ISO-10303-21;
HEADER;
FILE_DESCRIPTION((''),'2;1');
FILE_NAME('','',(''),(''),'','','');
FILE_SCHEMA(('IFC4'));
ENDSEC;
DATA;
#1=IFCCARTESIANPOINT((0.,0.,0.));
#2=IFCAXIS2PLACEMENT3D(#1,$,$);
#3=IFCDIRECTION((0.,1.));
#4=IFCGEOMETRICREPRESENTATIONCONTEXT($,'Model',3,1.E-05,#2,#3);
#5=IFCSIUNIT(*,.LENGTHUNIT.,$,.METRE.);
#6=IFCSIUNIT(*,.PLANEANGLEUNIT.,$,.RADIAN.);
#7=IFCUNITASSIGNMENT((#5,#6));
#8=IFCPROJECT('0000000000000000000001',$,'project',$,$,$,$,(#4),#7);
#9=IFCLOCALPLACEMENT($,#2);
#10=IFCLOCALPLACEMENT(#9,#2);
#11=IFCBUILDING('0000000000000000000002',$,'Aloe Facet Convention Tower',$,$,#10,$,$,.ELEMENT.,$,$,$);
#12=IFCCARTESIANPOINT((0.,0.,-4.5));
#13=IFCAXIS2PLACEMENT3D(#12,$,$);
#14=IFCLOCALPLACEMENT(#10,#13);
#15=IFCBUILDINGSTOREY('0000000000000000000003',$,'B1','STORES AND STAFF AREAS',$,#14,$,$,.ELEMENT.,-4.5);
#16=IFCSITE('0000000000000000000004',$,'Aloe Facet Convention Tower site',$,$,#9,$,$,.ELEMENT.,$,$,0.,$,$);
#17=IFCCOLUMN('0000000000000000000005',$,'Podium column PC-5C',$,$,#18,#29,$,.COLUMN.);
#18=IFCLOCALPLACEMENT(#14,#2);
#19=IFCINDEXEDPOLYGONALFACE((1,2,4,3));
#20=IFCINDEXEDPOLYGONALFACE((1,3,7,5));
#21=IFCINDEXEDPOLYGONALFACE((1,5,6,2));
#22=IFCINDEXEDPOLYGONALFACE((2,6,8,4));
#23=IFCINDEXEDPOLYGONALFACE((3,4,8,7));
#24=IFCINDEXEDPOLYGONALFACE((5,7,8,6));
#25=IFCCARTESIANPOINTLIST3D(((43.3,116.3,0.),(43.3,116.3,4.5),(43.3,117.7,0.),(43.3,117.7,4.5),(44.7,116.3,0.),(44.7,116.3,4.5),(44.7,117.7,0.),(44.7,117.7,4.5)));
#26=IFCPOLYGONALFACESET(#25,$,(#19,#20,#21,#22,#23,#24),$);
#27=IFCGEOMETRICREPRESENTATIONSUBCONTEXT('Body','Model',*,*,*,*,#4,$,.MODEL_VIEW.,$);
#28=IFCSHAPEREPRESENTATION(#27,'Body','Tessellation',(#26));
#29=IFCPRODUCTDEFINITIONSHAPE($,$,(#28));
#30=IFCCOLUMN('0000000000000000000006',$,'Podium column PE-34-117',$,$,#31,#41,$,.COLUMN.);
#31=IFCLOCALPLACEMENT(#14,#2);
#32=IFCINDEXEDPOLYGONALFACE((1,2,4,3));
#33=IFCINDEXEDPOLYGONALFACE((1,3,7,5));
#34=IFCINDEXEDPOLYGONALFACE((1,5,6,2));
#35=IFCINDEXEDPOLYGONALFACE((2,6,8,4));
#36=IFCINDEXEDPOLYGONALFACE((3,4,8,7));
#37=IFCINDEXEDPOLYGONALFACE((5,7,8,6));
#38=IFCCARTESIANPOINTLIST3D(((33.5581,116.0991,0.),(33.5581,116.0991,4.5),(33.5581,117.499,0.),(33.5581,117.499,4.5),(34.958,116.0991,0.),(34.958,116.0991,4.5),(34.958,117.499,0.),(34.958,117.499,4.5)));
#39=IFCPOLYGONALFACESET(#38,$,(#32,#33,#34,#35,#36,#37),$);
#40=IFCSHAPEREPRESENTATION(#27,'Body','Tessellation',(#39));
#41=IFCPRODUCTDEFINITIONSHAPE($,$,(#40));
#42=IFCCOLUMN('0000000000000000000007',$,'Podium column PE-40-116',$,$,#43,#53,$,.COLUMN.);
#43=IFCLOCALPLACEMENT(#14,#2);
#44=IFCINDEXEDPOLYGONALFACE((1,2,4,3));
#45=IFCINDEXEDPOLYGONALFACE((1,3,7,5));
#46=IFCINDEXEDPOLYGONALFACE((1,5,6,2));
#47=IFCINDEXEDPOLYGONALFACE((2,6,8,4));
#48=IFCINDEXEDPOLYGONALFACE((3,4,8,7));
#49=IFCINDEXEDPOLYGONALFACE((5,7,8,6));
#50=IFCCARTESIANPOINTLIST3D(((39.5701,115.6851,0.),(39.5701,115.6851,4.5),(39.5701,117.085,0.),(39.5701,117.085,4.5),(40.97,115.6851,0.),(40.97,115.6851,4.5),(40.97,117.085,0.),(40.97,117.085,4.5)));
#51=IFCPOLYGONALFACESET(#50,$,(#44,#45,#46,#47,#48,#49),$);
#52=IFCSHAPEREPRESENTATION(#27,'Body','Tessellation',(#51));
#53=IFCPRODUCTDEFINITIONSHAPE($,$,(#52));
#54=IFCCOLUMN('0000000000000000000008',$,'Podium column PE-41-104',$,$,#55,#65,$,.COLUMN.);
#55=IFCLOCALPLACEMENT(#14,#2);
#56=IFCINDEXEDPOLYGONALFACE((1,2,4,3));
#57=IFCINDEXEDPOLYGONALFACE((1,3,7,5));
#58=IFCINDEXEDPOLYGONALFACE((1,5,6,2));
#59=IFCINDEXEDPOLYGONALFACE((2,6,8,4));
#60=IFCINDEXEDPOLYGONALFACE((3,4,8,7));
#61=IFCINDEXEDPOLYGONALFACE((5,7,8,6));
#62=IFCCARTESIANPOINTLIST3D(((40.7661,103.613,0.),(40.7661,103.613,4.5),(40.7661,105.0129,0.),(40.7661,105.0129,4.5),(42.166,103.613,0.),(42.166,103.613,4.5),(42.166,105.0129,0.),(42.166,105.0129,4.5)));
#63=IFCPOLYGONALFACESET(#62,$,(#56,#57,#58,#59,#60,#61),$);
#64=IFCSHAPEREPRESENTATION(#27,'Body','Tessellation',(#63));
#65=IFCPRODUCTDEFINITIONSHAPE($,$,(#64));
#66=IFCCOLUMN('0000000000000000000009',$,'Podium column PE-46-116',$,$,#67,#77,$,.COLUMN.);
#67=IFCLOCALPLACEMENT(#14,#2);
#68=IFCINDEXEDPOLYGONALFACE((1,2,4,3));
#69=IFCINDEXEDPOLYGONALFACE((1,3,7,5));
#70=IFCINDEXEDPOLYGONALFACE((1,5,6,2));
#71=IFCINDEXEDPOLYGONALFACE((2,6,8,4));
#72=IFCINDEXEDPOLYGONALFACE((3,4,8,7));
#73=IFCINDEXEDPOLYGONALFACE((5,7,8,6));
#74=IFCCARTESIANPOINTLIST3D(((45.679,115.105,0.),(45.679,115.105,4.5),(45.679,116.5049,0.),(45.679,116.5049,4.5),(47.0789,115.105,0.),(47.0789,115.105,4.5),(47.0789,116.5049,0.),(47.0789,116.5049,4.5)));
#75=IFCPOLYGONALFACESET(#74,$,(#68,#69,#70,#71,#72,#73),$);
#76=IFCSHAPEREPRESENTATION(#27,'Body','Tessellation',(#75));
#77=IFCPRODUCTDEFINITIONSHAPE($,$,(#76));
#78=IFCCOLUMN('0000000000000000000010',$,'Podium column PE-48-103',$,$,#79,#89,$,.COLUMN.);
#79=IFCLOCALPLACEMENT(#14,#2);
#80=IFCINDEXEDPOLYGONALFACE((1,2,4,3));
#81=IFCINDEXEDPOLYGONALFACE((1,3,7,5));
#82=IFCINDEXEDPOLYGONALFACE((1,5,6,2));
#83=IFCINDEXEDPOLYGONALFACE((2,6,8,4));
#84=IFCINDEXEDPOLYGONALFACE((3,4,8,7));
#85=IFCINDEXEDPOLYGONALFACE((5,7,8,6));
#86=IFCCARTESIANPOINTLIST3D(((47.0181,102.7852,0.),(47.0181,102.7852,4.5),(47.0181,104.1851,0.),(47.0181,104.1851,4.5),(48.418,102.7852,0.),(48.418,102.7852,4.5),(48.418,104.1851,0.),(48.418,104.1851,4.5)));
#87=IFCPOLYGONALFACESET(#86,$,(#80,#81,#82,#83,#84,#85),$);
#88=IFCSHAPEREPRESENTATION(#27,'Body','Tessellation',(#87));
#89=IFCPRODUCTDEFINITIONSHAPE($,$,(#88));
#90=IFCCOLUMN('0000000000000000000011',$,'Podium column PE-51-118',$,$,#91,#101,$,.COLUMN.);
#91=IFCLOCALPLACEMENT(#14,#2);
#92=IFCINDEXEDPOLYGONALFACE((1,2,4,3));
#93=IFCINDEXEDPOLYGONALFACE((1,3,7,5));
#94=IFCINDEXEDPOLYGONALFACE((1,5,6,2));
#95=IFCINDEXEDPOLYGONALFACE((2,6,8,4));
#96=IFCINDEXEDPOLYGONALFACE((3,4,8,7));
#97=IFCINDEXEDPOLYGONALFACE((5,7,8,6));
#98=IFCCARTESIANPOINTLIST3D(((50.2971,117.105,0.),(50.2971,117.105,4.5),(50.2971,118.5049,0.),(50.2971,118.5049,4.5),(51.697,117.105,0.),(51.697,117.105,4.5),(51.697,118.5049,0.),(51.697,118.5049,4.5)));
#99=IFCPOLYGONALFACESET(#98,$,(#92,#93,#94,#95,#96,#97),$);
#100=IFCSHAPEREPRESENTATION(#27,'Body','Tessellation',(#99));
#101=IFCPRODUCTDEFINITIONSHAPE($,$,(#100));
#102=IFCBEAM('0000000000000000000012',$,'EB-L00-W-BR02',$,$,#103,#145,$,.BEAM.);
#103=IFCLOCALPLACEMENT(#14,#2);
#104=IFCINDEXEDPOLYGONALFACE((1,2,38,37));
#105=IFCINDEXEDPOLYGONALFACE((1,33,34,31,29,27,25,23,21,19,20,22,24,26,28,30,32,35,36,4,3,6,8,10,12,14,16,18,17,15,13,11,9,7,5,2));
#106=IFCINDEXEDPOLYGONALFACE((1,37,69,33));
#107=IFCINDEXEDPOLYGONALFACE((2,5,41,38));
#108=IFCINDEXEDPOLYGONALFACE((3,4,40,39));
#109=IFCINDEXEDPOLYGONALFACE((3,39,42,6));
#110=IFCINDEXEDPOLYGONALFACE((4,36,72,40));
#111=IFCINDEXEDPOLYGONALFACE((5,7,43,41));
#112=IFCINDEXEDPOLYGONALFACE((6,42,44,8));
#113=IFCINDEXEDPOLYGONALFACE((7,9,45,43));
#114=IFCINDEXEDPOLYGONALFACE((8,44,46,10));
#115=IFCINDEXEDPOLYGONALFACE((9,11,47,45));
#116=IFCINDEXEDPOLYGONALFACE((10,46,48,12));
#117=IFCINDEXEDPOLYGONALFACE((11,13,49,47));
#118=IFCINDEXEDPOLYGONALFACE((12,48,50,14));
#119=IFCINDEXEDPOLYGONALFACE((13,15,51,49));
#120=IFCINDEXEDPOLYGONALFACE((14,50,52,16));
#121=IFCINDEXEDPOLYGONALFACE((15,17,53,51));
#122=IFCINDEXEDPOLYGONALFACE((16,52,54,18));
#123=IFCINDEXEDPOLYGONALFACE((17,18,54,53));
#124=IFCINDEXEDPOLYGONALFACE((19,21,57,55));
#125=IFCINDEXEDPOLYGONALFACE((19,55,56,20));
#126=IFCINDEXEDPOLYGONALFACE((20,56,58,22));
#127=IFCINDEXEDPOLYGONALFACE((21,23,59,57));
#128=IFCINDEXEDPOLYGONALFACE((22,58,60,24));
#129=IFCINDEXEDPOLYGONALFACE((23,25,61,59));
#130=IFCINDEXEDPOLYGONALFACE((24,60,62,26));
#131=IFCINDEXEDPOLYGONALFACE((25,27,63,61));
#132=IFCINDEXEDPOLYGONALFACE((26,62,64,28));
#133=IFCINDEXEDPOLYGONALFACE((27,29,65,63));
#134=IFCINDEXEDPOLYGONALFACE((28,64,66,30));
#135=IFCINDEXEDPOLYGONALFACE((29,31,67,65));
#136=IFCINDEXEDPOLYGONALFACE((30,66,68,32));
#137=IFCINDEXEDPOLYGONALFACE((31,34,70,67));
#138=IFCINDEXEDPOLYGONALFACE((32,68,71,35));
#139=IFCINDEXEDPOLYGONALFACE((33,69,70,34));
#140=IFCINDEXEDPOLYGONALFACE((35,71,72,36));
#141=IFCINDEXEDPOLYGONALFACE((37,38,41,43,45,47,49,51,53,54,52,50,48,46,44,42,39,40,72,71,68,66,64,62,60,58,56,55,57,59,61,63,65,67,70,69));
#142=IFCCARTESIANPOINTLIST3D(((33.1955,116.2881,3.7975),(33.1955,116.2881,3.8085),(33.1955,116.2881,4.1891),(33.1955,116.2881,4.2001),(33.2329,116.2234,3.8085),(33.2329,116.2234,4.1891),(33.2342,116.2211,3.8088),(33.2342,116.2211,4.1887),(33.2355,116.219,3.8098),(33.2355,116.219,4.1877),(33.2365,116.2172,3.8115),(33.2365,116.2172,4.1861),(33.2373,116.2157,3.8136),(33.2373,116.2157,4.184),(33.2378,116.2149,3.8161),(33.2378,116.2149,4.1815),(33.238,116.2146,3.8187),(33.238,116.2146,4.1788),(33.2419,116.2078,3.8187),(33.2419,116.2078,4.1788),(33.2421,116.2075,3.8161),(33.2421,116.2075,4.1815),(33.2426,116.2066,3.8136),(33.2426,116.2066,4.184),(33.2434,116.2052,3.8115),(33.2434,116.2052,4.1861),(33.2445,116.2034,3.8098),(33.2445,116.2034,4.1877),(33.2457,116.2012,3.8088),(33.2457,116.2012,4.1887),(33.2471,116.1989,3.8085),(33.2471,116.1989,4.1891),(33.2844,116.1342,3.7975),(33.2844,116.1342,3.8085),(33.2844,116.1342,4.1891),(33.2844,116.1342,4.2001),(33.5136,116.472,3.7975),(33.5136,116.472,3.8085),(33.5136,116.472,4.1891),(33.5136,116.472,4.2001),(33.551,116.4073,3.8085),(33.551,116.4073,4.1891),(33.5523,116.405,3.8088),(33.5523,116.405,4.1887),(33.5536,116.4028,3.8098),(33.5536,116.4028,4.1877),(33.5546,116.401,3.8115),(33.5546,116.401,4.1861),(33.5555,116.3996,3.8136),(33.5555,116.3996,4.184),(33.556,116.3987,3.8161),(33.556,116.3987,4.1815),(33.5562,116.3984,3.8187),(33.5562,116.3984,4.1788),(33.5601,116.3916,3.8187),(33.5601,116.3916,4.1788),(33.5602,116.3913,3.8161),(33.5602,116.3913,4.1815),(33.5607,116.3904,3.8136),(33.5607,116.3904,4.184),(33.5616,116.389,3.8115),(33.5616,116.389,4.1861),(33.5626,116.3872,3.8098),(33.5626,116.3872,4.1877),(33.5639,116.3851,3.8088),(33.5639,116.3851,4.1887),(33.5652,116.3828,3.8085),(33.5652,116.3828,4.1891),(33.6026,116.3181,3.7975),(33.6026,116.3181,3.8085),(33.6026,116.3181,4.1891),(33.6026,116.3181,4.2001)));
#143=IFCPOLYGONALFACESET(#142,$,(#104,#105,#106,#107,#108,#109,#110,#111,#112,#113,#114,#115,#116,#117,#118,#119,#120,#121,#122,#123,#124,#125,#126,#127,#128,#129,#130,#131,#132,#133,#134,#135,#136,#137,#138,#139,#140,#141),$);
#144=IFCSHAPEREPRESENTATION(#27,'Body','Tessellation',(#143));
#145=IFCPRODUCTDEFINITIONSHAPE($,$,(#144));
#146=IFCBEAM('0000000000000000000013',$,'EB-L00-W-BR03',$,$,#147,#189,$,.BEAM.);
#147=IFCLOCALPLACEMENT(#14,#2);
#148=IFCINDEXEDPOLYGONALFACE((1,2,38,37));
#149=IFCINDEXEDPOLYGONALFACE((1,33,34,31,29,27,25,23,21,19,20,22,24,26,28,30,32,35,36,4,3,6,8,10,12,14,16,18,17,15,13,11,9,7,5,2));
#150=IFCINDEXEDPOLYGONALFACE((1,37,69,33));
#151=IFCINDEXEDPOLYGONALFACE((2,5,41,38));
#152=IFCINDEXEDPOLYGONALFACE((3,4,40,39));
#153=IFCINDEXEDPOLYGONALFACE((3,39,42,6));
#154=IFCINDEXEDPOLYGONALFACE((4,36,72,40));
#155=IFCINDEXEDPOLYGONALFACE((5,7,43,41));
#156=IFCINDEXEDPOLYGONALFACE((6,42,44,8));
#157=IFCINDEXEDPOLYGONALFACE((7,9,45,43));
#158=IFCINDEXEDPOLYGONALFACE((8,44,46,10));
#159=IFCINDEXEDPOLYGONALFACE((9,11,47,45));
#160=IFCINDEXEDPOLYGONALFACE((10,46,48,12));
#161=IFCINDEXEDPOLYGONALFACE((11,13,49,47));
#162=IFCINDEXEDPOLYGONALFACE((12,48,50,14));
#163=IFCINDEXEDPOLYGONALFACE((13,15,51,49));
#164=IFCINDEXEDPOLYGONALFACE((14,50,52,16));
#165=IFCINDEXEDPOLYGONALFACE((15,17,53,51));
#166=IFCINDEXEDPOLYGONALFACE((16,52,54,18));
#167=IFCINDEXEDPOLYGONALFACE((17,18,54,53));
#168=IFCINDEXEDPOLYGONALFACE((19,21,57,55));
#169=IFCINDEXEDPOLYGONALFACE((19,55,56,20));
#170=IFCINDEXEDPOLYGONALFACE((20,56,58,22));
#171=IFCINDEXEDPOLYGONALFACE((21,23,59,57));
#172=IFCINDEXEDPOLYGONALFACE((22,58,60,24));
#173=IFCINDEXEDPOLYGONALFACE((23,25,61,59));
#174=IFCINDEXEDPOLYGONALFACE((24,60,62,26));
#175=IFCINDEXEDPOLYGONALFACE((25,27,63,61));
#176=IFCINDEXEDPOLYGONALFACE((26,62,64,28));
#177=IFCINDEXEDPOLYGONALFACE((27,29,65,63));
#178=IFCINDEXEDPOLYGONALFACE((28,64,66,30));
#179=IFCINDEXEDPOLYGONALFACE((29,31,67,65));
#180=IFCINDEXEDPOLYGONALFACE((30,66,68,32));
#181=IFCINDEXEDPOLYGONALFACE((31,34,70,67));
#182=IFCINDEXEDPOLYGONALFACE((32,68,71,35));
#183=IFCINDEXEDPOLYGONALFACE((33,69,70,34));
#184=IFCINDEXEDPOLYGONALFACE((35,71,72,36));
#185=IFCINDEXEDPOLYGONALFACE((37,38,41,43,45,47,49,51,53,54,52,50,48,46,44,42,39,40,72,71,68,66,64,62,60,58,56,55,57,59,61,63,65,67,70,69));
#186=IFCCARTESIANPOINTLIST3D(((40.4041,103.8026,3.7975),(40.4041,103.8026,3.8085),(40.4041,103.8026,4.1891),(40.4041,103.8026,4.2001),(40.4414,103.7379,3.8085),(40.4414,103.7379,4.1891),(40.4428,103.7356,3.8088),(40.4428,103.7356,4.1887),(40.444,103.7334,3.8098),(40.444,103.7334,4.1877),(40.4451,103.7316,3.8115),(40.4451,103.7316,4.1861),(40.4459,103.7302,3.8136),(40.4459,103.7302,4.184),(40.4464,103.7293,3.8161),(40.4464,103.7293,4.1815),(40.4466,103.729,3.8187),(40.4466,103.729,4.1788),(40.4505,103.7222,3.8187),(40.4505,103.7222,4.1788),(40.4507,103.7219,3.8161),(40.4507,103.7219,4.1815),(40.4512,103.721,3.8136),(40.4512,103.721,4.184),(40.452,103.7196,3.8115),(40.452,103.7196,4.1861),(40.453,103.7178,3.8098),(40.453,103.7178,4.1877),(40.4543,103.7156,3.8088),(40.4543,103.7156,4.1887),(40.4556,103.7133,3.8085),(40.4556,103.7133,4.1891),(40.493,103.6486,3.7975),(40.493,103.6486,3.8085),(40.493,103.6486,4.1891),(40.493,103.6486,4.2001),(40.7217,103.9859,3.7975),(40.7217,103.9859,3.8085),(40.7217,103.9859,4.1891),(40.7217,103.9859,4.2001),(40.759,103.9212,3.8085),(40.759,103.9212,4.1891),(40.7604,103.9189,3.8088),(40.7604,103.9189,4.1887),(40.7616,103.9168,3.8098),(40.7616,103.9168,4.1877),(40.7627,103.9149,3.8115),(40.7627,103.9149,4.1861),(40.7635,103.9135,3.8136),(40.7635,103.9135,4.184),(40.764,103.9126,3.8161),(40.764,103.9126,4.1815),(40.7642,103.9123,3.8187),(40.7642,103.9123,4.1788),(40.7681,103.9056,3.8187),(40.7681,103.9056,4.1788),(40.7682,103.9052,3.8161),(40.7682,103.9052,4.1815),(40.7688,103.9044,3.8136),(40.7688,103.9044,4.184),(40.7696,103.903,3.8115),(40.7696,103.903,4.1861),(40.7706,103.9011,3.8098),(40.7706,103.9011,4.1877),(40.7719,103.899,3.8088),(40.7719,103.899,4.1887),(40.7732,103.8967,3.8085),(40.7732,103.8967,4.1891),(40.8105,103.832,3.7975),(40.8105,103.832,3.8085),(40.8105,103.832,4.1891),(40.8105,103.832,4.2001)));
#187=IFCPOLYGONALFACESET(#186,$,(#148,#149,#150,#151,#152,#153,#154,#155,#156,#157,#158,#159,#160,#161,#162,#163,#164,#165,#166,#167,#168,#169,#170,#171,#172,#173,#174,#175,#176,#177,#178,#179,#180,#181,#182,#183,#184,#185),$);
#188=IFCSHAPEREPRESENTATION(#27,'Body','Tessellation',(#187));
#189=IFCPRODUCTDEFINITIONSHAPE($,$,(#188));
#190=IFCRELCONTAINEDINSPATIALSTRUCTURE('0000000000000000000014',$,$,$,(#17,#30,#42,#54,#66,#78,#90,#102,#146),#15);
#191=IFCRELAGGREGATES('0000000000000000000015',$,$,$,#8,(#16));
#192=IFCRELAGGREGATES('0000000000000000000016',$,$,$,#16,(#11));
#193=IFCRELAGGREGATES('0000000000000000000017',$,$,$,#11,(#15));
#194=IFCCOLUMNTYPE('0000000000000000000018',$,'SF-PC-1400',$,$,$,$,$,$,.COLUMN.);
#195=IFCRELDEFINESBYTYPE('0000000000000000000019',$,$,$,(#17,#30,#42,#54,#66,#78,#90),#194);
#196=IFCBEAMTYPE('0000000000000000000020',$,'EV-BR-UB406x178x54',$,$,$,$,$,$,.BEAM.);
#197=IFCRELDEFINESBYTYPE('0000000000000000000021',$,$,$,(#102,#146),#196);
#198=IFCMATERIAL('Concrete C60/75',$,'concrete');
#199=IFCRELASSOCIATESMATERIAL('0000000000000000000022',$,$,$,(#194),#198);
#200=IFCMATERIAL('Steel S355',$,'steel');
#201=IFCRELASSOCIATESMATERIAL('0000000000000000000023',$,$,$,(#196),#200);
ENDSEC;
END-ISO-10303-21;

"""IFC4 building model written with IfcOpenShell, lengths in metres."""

from ifc_helpers import new_model, si_unit, direction, frame, origin, origin_2d, place, context, subcontext, project, spatial, rectangle, i_section, extrude, material, material_profile, profile_set, type_object, element, save


model = new_model("IFC4")

# Units and contexts
model_context = context("Model", 3, precision=1e-05, world=origin(), true_north=direction((0.0, 1.0)))
body_context = subcontext(model_context, "Body", "Model", "MODEL_VIEW")
ifc_project = project(units=[si_unit("LENGTHUNIT", "METRE"), si_unit("PLANEANGLEUNIT", "RADIAN")], contexts=[model_context])

# Site, building, storey
site_placement = place(None, origin())
site = spatial("IfcSite", under=ifc_project, at=site_placement, Name="Aloe Facet Convention Tower site", CompositionType="ELEMENT", RefElevation=0.0)
building_placement = place(site_placement, origin())
building = spatial("IfcBuilding", under=site, at=building_placement, Name="Aloe Facet Convention Tower", CompositionType="ELEMENT")
storey_placement = place(building_placement, frame((0.0, 0.0, -4.5)))
storey = spatial("IfcBuildingStorey", under=building, at=storey_placement, Name="B1", Description="STORES AND STAFF AREAS", CompositionType="ELEMENT", Elevation=-4.5)

# Columns
ifc_material_1 = material(Name="Concrete C60/75", Category="concrete")
ifc_material_profile_1 = material_profile(ifc_material_1, rectangle(XDim=1.3999, YDim=1.3999, at=origin_2d()), Name="SF-PC-1400")
ifc_profile_set_1 = profile_set([ifc_material_profile_1], Name="Concrete C60/75")
column_type = type_object("IfcColumnType", Name="SF-PC-1400", PredefinedType="COLUMN", material=ifc_profile_set_1)
for number, where, z_axis, x_axis, name in (
    (1, (44.0, 117.0, 0.0), (0.0, 0.0, 1.0), (1.0, 0.0, 0.0), "Podium column PC-5C"),
    (2, (34.2581, 116.7991, 0.0), (0.0, 0.0, 1.0), (1.0, 0.0, 0.0), "Podium column PE-34-117"),
    (3, (40.27, 116.385, 0.0), (0.0, 0.0, 1.0), (1.0, 0.0, 0.0), "Podium column PE-40-116"),
    (4, (41.4661, 104.313, 0.0), (0.0, 0.0, 1.0), (1.0, 0.0, 0.0), "Podium column PE-41-104"),
    (5, (46.3789, 115.8049, 0.0), (0.0, 0.0, 1.0), (1.0, 0.0, 0.0), "Podium column PE-46-116"),
    (6, (47.718, 103.4851, 0.0), (0.0, 0.0, 1.0), (1.0, 0.0, 0.0), "Podium column PE-48-103"),
    (7, (50.9971, 117.8049, 0.0), (0.0, 0.0, 1.0), (1.0, 0.0, 0.0), "Podium column PE-51-118"),
):
    element("IfcColumn", number, at=place(storey_placement, frame(where, z_axis=z_axis, x_axis=x_axis)), inside=storey, type_object=column_type, Name=name, PredefinedType="COLUMN", context=body_context, shape_type="SweptSolid", body=[
        extrude(rectangle(XDim=1.3999, YDim=1.3999, at=origin_2d()), origin(), (0.0, 0.0, 1.0), 4.5),
    ])

# Beams
ifc_material_2 = material(Name="Steel S355", Category="steel")
ifc_material_profile_2 = material_profile(ifc_material_2, i_section(OverallWidth=0.1777, OverallDepth=0.4026, WebThickness=0.0078, FlangeThickness=0.011, FilletRadius=0.0103, at=origin_2d()), Name="UB 406x178x54")
ifc_profile_set_2 = profile_set([ifc_material_profile_2], Name="Steel S355")
beam_type_1 = type_object("IfcBeamType", Name="EV-BR-UB406x178x54", PredefinedType="BEAM", material=ifc_profile_set_2)
beam_1_placement = place(storey_placement, frame((33.5581, 116.395, 3.9988), z_axis=(-0.86582, -0.500355, 0.0), x_axis=(0.500355, -0.86582, 0.0)))
element("IfcBeam", 8, at=beam_1_placement, inside=storey, type_object=beam_type_1, Name="EB-L00-W-BR02", PredefinedType="BEAM", context=body_context, shape_type="SweptSolid", body=[
    extrude(i_section(OverallWidth=0.1777, OverallDepth=0.4026, WebThickness=0.0078, FlangeThickness=0.011, FilletRadius=0.0103, at=origin_2d()), origin(), (0.0, 0.0, 1.0), 0.3674),
])
beam_2_placement = place(storey_placement, frame((40.7661, 103.9089, 3.9988), z_axis=(-0.866064, -0.499934, 0.0), x_axis=(0.499934, -0.866064, 0.0)))
element("IfcBeam", 9, at=beam_2_placement, inside=storey, type_object=beam_type_1, Name="EB-L00-W-BR03", PredefinedType="BEAM", context=body_context, shape_type="SweptSolid", body=[
    extrude(i_section(OverallWidth=0.1777, OverallDepth=0.4026, WebThickness=0.0078, FlangeThickness=0.011, FilletRadius=0.0103, at=origin_2d()), origin(), (0.0, 0.0, 1.0), 0.3667),
])

save(model, "model.ifc")
